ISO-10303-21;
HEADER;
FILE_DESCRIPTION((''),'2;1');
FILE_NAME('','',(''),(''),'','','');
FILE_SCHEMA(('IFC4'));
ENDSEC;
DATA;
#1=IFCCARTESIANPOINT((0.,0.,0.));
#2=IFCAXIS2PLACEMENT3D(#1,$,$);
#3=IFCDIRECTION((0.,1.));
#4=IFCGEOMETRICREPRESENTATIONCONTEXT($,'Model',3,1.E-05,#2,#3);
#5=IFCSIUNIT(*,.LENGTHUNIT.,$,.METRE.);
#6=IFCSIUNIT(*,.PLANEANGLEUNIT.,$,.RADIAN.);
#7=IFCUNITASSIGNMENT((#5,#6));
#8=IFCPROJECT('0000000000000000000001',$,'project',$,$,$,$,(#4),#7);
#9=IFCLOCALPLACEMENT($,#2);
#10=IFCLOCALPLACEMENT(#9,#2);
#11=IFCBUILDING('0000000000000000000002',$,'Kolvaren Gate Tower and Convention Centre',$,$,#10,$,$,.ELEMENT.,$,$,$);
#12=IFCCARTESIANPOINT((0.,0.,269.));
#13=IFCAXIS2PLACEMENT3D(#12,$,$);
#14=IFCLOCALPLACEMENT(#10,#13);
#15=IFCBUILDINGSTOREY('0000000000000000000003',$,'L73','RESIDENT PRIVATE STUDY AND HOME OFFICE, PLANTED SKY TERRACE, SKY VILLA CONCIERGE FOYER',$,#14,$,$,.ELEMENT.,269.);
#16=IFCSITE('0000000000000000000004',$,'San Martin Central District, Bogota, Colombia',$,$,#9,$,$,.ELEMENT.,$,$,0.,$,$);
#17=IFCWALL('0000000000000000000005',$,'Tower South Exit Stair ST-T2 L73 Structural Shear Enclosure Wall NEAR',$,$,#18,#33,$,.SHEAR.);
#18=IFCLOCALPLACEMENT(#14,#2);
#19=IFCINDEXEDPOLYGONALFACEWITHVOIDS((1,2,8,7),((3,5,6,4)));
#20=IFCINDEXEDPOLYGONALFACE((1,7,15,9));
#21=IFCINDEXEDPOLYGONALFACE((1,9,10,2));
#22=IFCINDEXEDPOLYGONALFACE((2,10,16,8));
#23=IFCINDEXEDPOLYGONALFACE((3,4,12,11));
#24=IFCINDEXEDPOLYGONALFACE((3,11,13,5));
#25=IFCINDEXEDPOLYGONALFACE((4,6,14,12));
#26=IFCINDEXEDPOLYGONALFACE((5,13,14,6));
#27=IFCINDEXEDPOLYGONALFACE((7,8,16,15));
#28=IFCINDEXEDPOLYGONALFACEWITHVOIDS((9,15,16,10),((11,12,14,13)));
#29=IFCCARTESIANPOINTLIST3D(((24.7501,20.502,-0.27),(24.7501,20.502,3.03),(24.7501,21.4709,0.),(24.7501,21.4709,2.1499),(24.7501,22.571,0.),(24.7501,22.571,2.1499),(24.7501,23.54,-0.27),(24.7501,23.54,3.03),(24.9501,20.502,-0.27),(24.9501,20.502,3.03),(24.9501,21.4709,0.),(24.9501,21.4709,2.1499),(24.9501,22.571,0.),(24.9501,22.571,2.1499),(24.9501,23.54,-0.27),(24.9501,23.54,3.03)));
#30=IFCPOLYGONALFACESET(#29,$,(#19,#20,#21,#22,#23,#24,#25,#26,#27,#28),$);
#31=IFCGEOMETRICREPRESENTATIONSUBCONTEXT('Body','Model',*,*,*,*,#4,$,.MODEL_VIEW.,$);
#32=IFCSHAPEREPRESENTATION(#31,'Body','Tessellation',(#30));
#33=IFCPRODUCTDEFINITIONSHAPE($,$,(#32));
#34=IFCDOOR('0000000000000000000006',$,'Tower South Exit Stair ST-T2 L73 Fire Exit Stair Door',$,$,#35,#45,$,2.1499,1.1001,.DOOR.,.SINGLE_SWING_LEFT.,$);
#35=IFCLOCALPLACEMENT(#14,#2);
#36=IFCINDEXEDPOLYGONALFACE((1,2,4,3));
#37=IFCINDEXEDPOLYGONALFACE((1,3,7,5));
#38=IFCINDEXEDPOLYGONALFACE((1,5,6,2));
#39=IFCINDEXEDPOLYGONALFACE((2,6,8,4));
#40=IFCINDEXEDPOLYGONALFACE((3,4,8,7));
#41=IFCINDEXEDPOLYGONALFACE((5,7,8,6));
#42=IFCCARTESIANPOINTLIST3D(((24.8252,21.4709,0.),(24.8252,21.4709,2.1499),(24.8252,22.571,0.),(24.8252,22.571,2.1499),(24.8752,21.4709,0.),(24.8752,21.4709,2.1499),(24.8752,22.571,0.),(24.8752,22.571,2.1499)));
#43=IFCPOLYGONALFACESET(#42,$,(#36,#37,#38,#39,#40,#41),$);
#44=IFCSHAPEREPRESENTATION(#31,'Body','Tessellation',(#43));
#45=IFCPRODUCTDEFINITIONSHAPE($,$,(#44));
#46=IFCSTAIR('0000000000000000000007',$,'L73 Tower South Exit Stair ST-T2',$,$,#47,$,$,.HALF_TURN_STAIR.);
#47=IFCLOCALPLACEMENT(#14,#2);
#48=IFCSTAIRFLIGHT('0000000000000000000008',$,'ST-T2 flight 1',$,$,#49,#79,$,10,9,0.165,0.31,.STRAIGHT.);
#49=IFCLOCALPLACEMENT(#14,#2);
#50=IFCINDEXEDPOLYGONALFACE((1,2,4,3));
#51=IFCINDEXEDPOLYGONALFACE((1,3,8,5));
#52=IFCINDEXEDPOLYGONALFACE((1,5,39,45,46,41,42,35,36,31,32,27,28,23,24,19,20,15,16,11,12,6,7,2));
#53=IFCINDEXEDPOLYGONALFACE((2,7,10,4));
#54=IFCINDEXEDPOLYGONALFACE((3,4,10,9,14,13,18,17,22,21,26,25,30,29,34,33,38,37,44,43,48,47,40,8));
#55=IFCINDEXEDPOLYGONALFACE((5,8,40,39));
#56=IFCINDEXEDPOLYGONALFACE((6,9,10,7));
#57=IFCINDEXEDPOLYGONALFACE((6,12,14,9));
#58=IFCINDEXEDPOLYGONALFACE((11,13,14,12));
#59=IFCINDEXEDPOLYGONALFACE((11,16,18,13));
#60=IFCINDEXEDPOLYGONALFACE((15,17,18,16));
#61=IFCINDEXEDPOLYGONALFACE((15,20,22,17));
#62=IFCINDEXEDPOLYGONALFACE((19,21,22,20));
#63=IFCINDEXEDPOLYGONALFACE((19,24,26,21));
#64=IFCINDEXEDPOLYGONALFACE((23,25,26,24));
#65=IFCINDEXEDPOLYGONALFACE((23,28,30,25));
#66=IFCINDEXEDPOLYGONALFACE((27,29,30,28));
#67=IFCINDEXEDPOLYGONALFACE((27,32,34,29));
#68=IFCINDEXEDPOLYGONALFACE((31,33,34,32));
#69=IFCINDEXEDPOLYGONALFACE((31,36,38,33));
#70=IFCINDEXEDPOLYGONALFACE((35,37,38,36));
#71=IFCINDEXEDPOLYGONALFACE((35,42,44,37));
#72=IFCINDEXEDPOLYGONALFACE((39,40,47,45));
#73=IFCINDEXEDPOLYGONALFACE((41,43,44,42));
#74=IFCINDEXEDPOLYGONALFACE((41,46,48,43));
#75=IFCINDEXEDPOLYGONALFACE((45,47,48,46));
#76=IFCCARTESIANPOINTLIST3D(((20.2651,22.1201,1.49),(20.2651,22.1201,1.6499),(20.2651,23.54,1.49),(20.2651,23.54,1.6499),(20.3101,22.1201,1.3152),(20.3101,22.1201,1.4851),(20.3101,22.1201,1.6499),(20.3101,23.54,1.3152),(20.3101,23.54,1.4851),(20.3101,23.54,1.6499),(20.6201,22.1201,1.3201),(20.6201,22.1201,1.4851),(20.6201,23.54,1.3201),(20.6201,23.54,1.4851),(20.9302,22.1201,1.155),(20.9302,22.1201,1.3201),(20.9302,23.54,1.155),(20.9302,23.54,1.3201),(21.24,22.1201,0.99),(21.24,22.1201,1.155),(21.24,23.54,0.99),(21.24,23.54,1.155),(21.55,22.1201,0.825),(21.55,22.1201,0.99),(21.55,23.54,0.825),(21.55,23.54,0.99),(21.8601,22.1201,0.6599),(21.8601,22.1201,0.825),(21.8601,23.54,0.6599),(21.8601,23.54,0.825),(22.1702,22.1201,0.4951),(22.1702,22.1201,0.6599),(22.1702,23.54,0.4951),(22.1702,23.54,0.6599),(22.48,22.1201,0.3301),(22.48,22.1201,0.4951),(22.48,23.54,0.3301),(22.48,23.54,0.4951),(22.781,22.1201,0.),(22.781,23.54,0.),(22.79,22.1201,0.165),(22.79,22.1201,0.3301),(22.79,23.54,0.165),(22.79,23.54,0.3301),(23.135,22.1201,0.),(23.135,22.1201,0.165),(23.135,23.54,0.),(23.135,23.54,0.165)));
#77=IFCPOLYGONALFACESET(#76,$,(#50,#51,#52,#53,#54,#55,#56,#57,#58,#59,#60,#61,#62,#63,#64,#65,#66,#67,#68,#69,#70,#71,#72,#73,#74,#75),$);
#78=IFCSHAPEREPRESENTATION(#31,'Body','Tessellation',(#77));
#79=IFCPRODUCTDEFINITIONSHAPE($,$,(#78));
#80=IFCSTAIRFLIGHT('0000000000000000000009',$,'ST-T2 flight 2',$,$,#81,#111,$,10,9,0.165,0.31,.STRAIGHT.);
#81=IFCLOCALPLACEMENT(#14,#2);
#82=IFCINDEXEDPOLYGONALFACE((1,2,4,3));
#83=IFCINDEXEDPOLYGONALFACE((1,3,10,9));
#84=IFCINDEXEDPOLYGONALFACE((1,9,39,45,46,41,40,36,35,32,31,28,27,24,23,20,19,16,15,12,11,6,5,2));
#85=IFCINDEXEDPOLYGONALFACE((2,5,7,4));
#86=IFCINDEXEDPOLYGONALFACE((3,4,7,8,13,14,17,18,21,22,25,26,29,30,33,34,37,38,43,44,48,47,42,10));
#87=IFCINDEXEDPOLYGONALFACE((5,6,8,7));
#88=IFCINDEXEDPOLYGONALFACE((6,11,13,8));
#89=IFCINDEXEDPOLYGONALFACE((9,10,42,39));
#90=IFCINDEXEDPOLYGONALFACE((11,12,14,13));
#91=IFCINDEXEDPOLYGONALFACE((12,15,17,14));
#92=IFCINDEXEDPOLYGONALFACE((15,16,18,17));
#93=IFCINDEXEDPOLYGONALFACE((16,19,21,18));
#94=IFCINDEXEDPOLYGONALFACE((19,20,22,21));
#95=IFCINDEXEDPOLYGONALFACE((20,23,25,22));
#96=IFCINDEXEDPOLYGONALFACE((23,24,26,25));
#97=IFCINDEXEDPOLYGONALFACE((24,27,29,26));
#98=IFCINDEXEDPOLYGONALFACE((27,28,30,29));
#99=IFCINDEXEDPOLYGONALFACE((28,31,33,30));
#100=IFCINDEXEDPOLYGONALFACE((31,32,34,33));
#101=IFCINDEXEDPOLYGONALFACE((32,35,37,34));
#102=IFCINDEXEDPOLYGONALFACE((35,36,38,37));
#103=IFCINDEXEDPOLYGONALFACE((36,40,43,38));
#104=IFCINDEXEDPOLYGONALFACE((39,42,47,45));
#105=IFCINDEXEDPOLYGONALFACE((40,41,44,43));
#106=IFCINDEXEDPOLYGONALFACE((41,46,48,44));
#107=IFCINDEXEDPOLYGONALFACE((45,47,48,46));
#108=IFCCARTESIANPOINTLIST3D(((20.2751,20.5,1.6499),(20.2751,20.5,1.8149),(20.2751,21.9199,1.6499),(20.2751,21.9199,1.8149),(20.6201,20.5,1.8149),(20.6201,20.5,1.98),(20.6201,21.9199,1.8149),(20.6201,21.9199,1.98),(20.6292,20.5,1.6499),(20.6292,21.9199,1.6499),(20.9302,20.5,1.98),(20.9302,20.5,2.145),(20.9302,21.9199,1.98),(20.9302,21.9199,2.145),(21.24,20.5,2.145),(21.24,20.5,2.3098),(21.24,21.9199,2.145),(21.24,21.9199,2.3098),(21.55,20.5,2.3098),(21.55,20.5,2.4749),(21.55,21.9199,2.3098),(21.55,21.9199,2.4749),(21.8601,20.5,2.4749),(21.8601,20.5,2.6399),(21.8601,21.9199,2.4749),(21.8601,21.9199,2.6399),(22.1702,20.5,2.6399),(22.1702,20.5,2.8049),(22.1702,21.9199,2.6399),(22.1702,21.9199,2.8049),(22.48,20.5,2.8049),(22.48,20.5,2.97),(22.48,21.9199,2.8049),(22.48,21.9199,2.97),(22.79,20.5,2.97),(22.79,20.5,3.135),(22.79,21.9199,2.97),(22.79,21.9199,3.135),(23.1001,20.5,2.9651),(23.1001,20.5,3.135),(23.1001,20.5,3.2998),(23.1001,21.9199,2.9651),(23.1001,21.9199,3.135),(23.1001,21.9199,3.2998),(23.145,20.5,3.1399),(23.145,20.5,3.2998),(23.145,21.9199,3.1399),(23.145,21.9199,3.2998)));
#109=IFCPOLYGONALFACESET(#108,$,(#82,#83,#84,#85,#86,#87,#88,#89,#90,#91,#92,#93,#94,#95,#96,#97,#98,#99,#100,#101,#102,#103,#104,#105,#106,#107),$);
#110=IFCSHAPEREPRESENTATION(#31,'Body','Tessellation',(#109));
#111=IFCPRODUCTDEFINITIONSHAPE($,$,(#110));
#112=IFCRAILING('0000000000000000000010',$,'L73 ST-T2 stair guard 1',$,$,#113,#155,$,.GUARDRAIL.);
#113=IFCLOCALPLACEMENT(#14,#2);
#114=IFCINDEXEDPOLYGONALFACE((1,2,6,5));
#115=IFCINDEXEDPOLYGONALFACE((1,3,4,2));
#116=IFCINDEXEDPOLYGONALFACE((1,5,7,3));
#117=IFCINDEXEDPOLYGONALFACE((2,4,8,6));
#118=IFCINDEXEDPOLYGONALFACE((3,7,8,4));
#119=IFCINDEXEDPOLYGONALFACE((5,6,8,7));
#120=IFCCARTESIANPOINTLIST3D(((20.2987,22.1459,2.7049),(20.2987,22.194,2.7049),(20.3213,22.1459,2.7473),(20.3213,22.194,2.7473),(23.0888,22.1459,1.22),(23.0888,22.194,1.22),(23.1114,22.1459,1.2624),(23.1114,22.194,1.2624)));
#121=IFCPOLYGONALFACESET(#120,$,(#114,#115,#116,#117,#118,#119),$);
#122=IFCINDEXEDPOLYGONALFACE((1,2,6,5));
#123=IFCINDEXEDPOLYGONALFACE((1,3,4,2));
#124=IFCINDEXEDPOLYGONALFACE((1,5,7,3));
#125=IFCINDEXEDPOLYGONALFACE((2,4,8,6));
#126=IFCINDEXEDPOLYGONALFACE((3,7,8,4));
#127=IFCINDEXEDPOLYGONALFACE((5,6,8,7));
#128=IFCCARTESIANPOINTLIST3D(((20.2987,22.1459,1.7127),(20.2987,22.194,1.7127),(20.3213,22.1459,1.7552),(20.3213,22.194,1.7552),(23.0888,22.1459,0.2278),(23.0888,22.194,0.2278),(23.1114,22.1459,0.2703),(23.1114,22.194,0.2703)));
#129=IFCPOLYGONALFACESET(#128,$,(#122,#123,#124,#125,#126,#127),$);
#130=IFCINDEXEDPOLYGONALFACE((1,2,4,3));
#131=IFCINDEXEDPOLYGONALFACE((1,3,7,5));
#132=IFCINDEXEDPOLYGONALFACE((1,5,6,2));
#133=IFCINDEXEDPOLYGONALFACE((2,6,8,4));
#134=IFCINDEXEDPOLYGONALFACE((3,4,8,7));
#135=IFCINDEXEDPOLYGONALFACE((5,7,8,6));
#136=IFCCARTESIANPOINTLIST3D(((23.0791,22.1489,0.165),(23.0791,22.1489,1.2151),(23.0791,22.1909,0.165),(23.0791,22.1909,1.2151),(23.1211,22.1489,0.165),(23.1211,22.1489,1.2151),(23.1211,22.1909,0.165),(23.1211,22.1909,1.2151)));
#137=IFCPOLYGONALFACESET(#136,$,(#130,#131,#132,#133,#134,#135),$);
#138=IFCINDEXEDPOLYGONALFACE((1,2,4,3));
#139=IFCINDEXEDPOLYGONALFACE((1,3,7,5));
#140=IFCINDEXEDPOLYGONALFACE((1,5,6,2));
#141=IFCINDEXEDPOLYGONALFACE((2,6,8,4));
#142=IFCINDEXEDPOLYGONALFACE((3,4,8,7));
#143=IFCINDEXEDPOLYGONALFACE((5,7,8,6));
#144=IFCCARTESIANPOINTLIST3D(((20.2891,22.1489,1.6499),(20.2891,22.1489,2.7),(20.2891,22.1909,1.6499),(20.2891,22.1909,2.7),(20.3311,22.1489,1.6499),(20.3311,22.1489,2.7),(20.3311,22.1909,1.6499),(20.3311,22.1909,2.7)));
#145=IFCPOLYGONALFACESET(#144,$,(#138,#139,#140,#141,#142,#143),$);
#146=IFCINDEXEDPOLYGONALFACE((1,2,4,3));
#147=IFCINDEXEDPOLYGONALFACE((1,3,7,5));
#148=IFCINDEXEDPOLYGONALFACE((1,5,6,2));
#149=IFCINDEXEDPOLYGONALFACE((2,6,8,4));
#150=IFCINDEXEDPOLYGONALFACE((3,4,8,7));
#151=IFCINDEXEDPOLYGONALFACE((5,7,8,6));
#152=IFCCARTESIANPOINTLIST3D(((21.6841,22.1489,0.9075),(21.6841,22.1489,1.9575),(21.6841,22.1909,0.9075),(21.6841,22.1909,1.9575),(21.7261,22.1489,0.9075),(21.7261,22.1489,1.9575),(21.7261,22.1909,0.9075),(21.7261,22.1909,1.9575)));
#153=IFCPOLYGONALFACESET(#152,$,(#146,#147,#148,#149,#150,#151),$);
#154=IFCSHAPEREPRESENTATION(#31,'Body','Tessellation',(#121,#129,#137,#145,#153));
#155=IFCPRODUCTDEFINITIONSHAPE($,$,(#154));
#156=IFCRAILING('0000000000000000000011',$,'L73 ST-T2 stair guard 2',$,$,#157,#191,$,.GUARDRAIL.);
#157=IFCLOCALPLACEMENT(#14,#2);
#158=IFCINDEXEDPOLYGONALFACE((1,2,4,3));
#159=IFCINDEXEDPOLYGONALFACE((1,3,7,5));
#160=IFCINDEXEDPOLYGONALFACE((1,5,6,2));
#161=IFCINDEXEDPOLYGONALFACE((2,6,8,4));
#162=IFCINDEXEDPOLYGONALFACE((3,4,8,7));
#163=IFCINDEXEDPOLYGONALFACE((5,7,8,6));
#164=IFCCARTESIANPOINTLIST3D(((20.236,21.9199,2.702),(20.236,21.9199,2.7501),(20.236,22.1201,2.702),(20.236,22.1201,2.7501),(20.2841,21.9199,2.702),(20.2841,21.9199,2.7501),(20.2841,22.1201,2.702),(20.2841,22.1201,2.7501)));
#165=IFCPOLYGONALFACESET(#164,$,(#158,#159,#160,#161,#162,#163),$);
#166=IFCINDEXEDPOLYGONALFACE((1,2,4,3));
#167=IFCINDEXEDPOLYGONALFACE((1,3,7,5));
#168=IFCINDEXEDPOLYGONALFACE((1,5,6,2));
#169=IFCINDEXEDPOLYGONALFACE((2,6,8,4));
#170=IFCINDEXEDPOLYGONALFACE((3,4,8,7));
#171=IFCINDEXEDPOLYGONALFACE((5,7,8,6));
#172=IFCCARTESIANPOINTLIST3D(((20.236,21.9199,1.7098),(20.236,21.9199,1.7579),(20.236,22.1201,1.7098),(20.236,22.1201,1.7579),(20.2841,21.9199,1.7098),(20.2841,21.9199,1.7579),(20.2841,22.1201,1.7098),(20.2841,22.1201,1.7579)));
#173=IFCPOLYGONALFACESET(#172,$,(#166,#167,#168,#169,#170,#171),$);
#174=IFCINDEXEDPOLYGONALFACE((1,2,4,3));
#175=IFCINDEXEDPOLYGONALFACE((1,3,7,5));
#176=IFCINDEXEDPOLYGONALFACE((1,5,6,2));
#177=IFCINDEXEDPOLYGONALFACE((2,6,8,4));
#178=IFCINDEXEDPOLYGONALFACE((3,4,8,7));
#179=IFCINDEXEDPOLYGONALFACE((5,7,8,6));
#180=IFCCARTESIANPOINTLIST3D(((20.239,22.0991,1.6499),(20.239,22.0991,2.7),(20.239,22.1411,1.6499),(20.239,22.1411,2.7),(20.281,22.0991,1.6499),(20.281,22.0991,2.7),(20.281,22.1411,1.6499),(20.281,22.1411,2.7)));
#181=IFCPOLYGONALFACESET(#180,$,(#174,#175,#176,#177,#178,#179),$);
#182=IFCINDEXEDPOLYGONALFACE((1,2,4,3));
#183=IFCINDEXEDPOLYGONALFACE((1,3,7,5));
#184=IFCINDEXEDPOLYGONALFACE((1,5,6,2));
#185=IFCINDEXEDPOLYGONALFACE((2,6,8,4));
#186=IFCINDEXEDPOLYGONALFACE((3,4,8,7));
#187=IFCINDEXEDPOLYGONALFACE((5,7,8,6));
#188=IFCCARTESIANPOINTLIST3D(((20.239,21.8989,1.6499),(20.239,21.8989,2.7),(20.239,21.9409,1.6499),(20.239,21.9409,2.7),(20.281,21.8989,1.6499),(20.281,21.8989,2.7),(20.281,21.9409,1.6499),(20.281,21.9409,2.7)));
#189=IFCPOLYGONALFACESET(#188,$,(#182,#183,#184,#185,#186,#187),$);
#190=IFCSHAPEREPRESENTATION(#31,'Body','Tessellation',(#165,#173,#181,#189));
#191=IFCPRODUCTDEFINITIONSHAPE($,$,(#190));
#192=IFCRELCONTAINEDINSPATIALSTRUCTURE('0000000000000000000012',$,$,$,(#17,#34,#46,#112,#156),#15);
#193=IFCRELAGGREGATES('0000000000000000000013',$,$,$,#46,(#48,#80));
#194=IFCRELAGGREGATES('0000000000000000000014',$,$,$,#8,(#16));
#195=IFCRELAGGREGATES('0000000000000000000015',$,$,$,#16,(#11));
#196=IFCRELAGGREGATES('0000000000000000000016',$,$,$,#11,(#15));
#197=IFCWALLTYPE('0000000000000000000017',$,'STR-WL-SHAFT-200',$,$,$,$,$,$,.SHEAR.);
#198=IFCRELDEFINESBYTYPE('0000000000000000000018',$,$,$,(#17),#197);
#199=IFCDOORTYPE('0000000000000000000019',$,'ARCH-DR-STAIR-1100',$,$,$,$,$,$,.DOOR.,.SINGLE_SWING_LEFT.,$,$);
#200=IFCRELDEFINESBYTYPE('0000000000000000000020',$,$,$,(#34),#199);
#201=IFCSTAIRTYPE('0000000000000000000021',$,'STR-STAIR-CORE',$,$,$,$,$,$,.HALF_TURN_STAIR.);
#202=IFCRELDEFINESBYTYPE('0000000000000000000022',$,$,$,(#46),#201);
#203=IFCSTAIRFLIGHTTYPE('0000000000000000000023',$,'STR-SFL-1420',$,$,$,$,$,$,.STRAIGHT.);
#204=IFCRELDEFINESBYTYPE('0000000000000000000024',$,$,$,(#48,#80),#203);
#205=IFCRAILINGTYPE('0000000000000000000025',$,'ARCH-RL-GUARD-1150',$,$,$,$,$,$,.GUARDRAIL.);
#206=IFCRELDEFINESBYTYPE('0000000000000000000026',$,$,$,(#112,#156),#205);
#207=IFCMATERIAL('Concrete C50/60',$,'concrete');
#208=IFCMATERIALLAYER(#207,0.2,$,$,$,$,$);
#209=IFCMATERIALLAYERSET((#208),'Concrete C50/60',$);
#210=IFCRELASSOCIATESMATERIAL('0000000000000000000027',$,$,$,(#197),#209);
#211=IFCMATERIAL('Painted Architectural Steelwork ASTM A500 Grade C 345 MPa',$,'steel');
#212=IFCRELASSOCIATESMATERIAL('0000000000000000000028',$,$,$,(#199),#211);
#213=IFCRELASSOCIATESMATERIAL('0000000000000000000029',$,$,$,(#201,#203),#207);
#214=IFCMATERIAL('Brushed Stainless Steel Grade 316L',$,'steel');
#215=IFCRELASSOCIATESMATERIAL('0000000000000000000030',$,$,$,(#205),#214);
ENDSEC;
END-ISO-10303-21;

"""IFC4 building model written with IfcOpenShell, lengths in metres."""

from ifc_helpers import new_model, si_unit, direction, frame, frame_2d, origin, origin_2d, place, context, subcontext, project, spatial, polyline, rectangle, outline, extrude, material, layer, layer_set, type_object, element, fill, aggregate, save


model = new_model("IFC4")

# Units and contexts
model_context = context("Model", 3, precision=1e-05, world=origin(), true_north=direction((0.0, 1.0)))
body_context = subcontext(model_context, "Body", "Model", "MODEL_VIEW")
ifc_project = project(units=[si_unit("LENGTHUNIT", "METRE"), si_unit("PLANEANGLEUNIT", "RADIAN")], contexts=[model_context])

# Site, building, storey
site_placement = place(None, origin())
site = spatial("IfcSite", under=ifc_project, at=site_placement, Name="San Martin Central District, Bogota, Colombia", CompositionType="ELEMENT", RefElevation=0.0)
building_placement = place(site_placement, origin())
building = spatial("IfcBuilding", under=site, at=building_placement, Name="Kolvaren Gate Tower and Convention Centre", CompositionType="ELEMENT")
storey_placement = place(building_placement, frame((0.0, 0.0, 269.0)))
storey = spatial("IfcBuildingStorey", under=building, at=storey_placement, Name="L73", Description="RESIDENT PRIVATE STUDY AND HOME OFFICE, PLANTED SKY TERRACE, SKY VILLA CONCIERGE FOYER", CompositionType="ELEMENT", Elevation=269.0)

# Shared definitions
ifc_material_1 = material(Name="Brushed Stainless Steel Grade 316L", Category="steel")

# Wall, opening, door
ifc_material_2 = material(Name="Painted Architectural Steelwork ASTM A500 Grade C 345 MPa", Category="steel")
ifc_material_3 = material(Name="Concrete C50/60", Category="concrete")
ifc_layer_1 = layer(ifc_material_3, 0.2)
ifc_layer_set_1 = layer_set([ifc_layer_1], Name="Concrete C50/60")
wall_type_1 = type_object("IfcWallType", Name="STR-WL-SHAFT-200", PredefinedType="SHEAR", material=ifc_layer_set_1)
wall_1_placement = place(storey_placement, frame((24.8501, 20.502, -0.27), z_axis=(0.0, 0.0, 1.0), x_axis=(0.0, 1.0, 0.0)))
wall_1 = element("IfcWall", 1, at=wall_1_placement, inside=storey, type_object=wall_type_1, Name="Tower South Exit Stair ST-T2 L73 Structural Shear Enclosure Wall NEAR", PredefinedType="SHEAR", context=body_context, shape_type="SweptSolid", body=[
    extrude(rectangle(XDim=3.0381, YDim=0.2, at=frame_2d((1.519, 0.0))), origin(), (0.0, 0.0, 1.0), 3.3),
])
opening_1_placement = place(wall_1_placement, frame((0.969, 0.0, 0.27)))
opening_1 = element("IfcOpeningElement", 2, at=opening_1_placement, cuts=wall_1, PredefinedType="OPENING", context=body_context, shape_type="SweptSolid", body=[
    extrude(rectangle(XDim=1.1001, YDim=2.1499, at=frame_2d((0.55, 1.075))), frame((0.0, 0.1099, 0.0), z_axis=(0.0, -1.0, 0.0), x_axis=(1.0, 0.0, 0.0)), (0.0, 0.0, 1.0), 0.22),
])
door_type_1 = type_object("IfcDoorType", Name="ARCH-DR-STAIR-1100", OperationType="SINGLE_SWING_LEFT", PredefinedType="DOOR", material=ifc_material_2)
door_1_placement = place(opening_1_placement, origin())
door_1 = element("IfcDoor", 3, at=door_1_placement, inside=storey, type_object=door_type_1, Name="Tower South Exit Stair ST-T2 L73 Fire Exit Stair Door", OperationType="SINGLE_SWING_LEFT", OverallHeight=2.1499, OverallWidth=1.1001, PredefinedType="DOOR", context=body_context, shape_type="SweptSolid", body=[
    extrude(rectangle(XDim=1.1001, YDim=2.1499, at=frame_2d((0.55, 1.075))), frame((0.0, 0.0249, 0.0), z_axis=(0.0, -1.0, 0.0), x_axis=(1.0, 0.0, 0.0)), (0.0, 0.0, 1.0), 0.05),
])
fill(opening_1, door_1)

# Stair, stair flights
stair_type = type_object("IfcStairType", Name="STR-STAIR-CORE", PredefinedType="HALF_TURN_STAIR", material=ifc_material_3)
stair_placement = place(storey_placement, origin())
stair = element("IfcStair", 4, at=stair_placement, inside=storey, type_object=stair_type, Name="L73 Tower South Exit Stair ST-T2", PredefinedType="HALF_TURN_STAIR")
stair_flight_type = type_object("IfcStairFlightType", Name="STR-SFL-1420", PredefinedType="STRAIGHT", material=ifc_material_3)
stair_flight_1_placement = place(storey_placement, frame((23.1001, 22.8301, 0.0), z_axis=(0.0, 0.0, 1.0), x_axis=(-1.0, 0.0, 0.0)))
stair_flight_1 = element("IfcStairFlight", 5, at=stair_flight_1_placement, type_object=stair_flight_type, Name="ST-T2 flight 1", NumberOfRisers=10, NumberOfTreads=9, PredefinedType="STRAIGHT", RiserHeight=0.165, TreadLength=0.31, context=body_context, shape_type="SweptSolid", body=[
    extrude(outline(polyline([(-0.0349, 0.0), (-0.0349, 0.165), (0.3101, 0.165), (0.3101, 0.3301), (0.6201, 0.3301), (0.6201, 0.4951), (0.9299, 0.4951), (0.9299, 0.6599), (1.24, 0.6599), (1.24, 0.825), (1.55, 0.825), (1.55, 0.99), (1.8601, 0.99), (1.8601, 1.155), (2.1699, 1.155), (2.1699, 1.3201), (2.48, 1.3201), (2.48, 1.4851), (2.79, 1.4851), (2.79, 1.6499), (2.835, 1.6499), (2.835, 1.49), (2.79, 1.3152), (0.3191, 0.0), (-0.0349, 0.0)])), frame((0.0, 0.71, 0.0), z_axis=(0.0, -1.0, 0.0), x_axis=(1.0, 0.0, 0.0)), (0.0, 0.0, 1.0), 1.4199),
])
stair_flight_2_placement = place(storey_placement, frame((20.3101, 21.21, 1.6499), z_axis=(0.0, 0.0, 1.0), x_axis=(1.0, 0.0, 0.0)))
stair_flight_2 = element("IfcStairFlight", 6, at=stair_flight_2_placement, type_object=stair_flight_type, Name="ST-T2 flight 2", NumberOfRisers=10, NumberOfTreads=9, PredefinedType="STRAIGHT", RiserHeight=0.165, TreadLength=0.31, context=body_context, shape_type="SweptSolid", body=[
    extrude(outline(polyline([(-0.0349, 0.0), (-0.0349, 0.165), (0.3101, 0.165), (0.3101, 0.3301), (0.6201, 0.3301), (0.6201, 0.4951), (0.9299, 0.4951), (0.9299, 0.6599), (1.24, 0.6599), (1.24, 0.825), (1.55, 0.825), (1.55, 0.99), (1.8601, 0.99), (1.8601, 1.155), (2.1699, 1.155), (2.1699, 1.3201), (2.48, 1.3201), (2.48, 1.4851), (2.79, 1.4851), (2.79, 1.6499), (2.835, 1.6499), (2.835, 1.49), (2.79, 1.3152), (0.3191, 0.0), (-0.0349, 0.0)])), frame((0.0, 0.71, 0.0), z_axis=(0.0, -1.0, 0.0), x_axis=(1.0, 0.0, 0.0)), (0.0, 0.0, 1.0), 1.4199),
])
aggregate(stair, [stair_flight_1, stair_flight_2])

# Railings
railing_type_1 = type_object("IfcRailingType", Name="ARCH-RL-GUARD-1150", PredefinedType="GUARDRAIL", material=ifc_material_1)
railing_1_placement = place(storey_placement, frame((23.1001, 22.1699, 0.165)))
element("IfcRailing", 7, at=railing_1_placement, inside=storey, type_object=railing_type_1, Name="L73 ST-T2 stair guard 1", PredefinedType="GUARDRAIL", context=body_context, shape_type="SweptSolid", body=[
    extrude(rectangle(XDim=0.0481, YDim=0.0481, at=origin_2d()), frame((0.0, 0.0, 1.0762), z_axis=(-0.882767, 0.0, 0.46981), x_axis=(0.0, -1.0, 0.0)), (0.0, 0.0, 1.0), 3.1606),
    extrude(rectangle(XDim=0.0481, YDim=0.0481, at=origin_2d()), frame((0.0, 0.0, 0.084), z_axis=(-0.882767, 0.0, 0.46981), x_axis=(0.0, -1.0, 0.0)), (0.0, 0.0, 1.0), 3.1606),
    extrude(rectangle(XDim=0.042, YDim=0.042, at=origin_2d()), origin(), (0.0, 0.0, 1.0), 1.05),
    extrude(rectangle(XDim=0.042, YDim=0.042, at=origin_2d()), frame((-2.79, 0.0, 1.4849)), (0.0, 0.0, 1.0), 1.05),
    extrude(rectangle(XDim=0.042, YDim=0.042, at=origin_2d()), frame((-1.395, 0.0, 0.7424)), (0.0, 0.0, 1.0), 1.05),
])
railing_2_placement = place(storey_placement, frame((20.26, 22.1201, 1.6499)))
element("IfcRailing", 8, at=railing_2_placement, inside=storey, type_object=railing_type_1, Name="L73 ST-T2 stair guard 2", PredefinedType="GUARDRAIL", context=body_context, shape_type="SweptSolid", body=[
    extrude(rectangle(XDim=0.0481, YDim=0.0481, at=origin_2d()), frame((0.0, 0.0, 1.0762), z_axis=(0.0, -1.0, 0.0), x_axis=(1.0, 0.0, 0.0)), (0.0, 0.0, 1.0), 0.2002),
    extrude(rectangle(XDim=0.0481, YDim=0.0481, at=origin_2d()), frame((0.0, 0.0, 0.084), z_axis=(0.0, -1.0, 0.0), x_axis=(1.0, 0.0, 0.0)), (0.0, 0.0, 1.0), 0.2002),
    extrude(rectangle(XDim=0.042, YDim=0.042, at=origin_2d()), origin(), (0.0, 0.0, 1.0), 1.05),
    extrude(rectangle(XDim=0.042, YDim=0.042, at=origin_2d()), frame((0.0, -0.2002, 0.0)), (0.0, 0.0, 1.0), 1.05),
])

save(model, "model.ifc")
